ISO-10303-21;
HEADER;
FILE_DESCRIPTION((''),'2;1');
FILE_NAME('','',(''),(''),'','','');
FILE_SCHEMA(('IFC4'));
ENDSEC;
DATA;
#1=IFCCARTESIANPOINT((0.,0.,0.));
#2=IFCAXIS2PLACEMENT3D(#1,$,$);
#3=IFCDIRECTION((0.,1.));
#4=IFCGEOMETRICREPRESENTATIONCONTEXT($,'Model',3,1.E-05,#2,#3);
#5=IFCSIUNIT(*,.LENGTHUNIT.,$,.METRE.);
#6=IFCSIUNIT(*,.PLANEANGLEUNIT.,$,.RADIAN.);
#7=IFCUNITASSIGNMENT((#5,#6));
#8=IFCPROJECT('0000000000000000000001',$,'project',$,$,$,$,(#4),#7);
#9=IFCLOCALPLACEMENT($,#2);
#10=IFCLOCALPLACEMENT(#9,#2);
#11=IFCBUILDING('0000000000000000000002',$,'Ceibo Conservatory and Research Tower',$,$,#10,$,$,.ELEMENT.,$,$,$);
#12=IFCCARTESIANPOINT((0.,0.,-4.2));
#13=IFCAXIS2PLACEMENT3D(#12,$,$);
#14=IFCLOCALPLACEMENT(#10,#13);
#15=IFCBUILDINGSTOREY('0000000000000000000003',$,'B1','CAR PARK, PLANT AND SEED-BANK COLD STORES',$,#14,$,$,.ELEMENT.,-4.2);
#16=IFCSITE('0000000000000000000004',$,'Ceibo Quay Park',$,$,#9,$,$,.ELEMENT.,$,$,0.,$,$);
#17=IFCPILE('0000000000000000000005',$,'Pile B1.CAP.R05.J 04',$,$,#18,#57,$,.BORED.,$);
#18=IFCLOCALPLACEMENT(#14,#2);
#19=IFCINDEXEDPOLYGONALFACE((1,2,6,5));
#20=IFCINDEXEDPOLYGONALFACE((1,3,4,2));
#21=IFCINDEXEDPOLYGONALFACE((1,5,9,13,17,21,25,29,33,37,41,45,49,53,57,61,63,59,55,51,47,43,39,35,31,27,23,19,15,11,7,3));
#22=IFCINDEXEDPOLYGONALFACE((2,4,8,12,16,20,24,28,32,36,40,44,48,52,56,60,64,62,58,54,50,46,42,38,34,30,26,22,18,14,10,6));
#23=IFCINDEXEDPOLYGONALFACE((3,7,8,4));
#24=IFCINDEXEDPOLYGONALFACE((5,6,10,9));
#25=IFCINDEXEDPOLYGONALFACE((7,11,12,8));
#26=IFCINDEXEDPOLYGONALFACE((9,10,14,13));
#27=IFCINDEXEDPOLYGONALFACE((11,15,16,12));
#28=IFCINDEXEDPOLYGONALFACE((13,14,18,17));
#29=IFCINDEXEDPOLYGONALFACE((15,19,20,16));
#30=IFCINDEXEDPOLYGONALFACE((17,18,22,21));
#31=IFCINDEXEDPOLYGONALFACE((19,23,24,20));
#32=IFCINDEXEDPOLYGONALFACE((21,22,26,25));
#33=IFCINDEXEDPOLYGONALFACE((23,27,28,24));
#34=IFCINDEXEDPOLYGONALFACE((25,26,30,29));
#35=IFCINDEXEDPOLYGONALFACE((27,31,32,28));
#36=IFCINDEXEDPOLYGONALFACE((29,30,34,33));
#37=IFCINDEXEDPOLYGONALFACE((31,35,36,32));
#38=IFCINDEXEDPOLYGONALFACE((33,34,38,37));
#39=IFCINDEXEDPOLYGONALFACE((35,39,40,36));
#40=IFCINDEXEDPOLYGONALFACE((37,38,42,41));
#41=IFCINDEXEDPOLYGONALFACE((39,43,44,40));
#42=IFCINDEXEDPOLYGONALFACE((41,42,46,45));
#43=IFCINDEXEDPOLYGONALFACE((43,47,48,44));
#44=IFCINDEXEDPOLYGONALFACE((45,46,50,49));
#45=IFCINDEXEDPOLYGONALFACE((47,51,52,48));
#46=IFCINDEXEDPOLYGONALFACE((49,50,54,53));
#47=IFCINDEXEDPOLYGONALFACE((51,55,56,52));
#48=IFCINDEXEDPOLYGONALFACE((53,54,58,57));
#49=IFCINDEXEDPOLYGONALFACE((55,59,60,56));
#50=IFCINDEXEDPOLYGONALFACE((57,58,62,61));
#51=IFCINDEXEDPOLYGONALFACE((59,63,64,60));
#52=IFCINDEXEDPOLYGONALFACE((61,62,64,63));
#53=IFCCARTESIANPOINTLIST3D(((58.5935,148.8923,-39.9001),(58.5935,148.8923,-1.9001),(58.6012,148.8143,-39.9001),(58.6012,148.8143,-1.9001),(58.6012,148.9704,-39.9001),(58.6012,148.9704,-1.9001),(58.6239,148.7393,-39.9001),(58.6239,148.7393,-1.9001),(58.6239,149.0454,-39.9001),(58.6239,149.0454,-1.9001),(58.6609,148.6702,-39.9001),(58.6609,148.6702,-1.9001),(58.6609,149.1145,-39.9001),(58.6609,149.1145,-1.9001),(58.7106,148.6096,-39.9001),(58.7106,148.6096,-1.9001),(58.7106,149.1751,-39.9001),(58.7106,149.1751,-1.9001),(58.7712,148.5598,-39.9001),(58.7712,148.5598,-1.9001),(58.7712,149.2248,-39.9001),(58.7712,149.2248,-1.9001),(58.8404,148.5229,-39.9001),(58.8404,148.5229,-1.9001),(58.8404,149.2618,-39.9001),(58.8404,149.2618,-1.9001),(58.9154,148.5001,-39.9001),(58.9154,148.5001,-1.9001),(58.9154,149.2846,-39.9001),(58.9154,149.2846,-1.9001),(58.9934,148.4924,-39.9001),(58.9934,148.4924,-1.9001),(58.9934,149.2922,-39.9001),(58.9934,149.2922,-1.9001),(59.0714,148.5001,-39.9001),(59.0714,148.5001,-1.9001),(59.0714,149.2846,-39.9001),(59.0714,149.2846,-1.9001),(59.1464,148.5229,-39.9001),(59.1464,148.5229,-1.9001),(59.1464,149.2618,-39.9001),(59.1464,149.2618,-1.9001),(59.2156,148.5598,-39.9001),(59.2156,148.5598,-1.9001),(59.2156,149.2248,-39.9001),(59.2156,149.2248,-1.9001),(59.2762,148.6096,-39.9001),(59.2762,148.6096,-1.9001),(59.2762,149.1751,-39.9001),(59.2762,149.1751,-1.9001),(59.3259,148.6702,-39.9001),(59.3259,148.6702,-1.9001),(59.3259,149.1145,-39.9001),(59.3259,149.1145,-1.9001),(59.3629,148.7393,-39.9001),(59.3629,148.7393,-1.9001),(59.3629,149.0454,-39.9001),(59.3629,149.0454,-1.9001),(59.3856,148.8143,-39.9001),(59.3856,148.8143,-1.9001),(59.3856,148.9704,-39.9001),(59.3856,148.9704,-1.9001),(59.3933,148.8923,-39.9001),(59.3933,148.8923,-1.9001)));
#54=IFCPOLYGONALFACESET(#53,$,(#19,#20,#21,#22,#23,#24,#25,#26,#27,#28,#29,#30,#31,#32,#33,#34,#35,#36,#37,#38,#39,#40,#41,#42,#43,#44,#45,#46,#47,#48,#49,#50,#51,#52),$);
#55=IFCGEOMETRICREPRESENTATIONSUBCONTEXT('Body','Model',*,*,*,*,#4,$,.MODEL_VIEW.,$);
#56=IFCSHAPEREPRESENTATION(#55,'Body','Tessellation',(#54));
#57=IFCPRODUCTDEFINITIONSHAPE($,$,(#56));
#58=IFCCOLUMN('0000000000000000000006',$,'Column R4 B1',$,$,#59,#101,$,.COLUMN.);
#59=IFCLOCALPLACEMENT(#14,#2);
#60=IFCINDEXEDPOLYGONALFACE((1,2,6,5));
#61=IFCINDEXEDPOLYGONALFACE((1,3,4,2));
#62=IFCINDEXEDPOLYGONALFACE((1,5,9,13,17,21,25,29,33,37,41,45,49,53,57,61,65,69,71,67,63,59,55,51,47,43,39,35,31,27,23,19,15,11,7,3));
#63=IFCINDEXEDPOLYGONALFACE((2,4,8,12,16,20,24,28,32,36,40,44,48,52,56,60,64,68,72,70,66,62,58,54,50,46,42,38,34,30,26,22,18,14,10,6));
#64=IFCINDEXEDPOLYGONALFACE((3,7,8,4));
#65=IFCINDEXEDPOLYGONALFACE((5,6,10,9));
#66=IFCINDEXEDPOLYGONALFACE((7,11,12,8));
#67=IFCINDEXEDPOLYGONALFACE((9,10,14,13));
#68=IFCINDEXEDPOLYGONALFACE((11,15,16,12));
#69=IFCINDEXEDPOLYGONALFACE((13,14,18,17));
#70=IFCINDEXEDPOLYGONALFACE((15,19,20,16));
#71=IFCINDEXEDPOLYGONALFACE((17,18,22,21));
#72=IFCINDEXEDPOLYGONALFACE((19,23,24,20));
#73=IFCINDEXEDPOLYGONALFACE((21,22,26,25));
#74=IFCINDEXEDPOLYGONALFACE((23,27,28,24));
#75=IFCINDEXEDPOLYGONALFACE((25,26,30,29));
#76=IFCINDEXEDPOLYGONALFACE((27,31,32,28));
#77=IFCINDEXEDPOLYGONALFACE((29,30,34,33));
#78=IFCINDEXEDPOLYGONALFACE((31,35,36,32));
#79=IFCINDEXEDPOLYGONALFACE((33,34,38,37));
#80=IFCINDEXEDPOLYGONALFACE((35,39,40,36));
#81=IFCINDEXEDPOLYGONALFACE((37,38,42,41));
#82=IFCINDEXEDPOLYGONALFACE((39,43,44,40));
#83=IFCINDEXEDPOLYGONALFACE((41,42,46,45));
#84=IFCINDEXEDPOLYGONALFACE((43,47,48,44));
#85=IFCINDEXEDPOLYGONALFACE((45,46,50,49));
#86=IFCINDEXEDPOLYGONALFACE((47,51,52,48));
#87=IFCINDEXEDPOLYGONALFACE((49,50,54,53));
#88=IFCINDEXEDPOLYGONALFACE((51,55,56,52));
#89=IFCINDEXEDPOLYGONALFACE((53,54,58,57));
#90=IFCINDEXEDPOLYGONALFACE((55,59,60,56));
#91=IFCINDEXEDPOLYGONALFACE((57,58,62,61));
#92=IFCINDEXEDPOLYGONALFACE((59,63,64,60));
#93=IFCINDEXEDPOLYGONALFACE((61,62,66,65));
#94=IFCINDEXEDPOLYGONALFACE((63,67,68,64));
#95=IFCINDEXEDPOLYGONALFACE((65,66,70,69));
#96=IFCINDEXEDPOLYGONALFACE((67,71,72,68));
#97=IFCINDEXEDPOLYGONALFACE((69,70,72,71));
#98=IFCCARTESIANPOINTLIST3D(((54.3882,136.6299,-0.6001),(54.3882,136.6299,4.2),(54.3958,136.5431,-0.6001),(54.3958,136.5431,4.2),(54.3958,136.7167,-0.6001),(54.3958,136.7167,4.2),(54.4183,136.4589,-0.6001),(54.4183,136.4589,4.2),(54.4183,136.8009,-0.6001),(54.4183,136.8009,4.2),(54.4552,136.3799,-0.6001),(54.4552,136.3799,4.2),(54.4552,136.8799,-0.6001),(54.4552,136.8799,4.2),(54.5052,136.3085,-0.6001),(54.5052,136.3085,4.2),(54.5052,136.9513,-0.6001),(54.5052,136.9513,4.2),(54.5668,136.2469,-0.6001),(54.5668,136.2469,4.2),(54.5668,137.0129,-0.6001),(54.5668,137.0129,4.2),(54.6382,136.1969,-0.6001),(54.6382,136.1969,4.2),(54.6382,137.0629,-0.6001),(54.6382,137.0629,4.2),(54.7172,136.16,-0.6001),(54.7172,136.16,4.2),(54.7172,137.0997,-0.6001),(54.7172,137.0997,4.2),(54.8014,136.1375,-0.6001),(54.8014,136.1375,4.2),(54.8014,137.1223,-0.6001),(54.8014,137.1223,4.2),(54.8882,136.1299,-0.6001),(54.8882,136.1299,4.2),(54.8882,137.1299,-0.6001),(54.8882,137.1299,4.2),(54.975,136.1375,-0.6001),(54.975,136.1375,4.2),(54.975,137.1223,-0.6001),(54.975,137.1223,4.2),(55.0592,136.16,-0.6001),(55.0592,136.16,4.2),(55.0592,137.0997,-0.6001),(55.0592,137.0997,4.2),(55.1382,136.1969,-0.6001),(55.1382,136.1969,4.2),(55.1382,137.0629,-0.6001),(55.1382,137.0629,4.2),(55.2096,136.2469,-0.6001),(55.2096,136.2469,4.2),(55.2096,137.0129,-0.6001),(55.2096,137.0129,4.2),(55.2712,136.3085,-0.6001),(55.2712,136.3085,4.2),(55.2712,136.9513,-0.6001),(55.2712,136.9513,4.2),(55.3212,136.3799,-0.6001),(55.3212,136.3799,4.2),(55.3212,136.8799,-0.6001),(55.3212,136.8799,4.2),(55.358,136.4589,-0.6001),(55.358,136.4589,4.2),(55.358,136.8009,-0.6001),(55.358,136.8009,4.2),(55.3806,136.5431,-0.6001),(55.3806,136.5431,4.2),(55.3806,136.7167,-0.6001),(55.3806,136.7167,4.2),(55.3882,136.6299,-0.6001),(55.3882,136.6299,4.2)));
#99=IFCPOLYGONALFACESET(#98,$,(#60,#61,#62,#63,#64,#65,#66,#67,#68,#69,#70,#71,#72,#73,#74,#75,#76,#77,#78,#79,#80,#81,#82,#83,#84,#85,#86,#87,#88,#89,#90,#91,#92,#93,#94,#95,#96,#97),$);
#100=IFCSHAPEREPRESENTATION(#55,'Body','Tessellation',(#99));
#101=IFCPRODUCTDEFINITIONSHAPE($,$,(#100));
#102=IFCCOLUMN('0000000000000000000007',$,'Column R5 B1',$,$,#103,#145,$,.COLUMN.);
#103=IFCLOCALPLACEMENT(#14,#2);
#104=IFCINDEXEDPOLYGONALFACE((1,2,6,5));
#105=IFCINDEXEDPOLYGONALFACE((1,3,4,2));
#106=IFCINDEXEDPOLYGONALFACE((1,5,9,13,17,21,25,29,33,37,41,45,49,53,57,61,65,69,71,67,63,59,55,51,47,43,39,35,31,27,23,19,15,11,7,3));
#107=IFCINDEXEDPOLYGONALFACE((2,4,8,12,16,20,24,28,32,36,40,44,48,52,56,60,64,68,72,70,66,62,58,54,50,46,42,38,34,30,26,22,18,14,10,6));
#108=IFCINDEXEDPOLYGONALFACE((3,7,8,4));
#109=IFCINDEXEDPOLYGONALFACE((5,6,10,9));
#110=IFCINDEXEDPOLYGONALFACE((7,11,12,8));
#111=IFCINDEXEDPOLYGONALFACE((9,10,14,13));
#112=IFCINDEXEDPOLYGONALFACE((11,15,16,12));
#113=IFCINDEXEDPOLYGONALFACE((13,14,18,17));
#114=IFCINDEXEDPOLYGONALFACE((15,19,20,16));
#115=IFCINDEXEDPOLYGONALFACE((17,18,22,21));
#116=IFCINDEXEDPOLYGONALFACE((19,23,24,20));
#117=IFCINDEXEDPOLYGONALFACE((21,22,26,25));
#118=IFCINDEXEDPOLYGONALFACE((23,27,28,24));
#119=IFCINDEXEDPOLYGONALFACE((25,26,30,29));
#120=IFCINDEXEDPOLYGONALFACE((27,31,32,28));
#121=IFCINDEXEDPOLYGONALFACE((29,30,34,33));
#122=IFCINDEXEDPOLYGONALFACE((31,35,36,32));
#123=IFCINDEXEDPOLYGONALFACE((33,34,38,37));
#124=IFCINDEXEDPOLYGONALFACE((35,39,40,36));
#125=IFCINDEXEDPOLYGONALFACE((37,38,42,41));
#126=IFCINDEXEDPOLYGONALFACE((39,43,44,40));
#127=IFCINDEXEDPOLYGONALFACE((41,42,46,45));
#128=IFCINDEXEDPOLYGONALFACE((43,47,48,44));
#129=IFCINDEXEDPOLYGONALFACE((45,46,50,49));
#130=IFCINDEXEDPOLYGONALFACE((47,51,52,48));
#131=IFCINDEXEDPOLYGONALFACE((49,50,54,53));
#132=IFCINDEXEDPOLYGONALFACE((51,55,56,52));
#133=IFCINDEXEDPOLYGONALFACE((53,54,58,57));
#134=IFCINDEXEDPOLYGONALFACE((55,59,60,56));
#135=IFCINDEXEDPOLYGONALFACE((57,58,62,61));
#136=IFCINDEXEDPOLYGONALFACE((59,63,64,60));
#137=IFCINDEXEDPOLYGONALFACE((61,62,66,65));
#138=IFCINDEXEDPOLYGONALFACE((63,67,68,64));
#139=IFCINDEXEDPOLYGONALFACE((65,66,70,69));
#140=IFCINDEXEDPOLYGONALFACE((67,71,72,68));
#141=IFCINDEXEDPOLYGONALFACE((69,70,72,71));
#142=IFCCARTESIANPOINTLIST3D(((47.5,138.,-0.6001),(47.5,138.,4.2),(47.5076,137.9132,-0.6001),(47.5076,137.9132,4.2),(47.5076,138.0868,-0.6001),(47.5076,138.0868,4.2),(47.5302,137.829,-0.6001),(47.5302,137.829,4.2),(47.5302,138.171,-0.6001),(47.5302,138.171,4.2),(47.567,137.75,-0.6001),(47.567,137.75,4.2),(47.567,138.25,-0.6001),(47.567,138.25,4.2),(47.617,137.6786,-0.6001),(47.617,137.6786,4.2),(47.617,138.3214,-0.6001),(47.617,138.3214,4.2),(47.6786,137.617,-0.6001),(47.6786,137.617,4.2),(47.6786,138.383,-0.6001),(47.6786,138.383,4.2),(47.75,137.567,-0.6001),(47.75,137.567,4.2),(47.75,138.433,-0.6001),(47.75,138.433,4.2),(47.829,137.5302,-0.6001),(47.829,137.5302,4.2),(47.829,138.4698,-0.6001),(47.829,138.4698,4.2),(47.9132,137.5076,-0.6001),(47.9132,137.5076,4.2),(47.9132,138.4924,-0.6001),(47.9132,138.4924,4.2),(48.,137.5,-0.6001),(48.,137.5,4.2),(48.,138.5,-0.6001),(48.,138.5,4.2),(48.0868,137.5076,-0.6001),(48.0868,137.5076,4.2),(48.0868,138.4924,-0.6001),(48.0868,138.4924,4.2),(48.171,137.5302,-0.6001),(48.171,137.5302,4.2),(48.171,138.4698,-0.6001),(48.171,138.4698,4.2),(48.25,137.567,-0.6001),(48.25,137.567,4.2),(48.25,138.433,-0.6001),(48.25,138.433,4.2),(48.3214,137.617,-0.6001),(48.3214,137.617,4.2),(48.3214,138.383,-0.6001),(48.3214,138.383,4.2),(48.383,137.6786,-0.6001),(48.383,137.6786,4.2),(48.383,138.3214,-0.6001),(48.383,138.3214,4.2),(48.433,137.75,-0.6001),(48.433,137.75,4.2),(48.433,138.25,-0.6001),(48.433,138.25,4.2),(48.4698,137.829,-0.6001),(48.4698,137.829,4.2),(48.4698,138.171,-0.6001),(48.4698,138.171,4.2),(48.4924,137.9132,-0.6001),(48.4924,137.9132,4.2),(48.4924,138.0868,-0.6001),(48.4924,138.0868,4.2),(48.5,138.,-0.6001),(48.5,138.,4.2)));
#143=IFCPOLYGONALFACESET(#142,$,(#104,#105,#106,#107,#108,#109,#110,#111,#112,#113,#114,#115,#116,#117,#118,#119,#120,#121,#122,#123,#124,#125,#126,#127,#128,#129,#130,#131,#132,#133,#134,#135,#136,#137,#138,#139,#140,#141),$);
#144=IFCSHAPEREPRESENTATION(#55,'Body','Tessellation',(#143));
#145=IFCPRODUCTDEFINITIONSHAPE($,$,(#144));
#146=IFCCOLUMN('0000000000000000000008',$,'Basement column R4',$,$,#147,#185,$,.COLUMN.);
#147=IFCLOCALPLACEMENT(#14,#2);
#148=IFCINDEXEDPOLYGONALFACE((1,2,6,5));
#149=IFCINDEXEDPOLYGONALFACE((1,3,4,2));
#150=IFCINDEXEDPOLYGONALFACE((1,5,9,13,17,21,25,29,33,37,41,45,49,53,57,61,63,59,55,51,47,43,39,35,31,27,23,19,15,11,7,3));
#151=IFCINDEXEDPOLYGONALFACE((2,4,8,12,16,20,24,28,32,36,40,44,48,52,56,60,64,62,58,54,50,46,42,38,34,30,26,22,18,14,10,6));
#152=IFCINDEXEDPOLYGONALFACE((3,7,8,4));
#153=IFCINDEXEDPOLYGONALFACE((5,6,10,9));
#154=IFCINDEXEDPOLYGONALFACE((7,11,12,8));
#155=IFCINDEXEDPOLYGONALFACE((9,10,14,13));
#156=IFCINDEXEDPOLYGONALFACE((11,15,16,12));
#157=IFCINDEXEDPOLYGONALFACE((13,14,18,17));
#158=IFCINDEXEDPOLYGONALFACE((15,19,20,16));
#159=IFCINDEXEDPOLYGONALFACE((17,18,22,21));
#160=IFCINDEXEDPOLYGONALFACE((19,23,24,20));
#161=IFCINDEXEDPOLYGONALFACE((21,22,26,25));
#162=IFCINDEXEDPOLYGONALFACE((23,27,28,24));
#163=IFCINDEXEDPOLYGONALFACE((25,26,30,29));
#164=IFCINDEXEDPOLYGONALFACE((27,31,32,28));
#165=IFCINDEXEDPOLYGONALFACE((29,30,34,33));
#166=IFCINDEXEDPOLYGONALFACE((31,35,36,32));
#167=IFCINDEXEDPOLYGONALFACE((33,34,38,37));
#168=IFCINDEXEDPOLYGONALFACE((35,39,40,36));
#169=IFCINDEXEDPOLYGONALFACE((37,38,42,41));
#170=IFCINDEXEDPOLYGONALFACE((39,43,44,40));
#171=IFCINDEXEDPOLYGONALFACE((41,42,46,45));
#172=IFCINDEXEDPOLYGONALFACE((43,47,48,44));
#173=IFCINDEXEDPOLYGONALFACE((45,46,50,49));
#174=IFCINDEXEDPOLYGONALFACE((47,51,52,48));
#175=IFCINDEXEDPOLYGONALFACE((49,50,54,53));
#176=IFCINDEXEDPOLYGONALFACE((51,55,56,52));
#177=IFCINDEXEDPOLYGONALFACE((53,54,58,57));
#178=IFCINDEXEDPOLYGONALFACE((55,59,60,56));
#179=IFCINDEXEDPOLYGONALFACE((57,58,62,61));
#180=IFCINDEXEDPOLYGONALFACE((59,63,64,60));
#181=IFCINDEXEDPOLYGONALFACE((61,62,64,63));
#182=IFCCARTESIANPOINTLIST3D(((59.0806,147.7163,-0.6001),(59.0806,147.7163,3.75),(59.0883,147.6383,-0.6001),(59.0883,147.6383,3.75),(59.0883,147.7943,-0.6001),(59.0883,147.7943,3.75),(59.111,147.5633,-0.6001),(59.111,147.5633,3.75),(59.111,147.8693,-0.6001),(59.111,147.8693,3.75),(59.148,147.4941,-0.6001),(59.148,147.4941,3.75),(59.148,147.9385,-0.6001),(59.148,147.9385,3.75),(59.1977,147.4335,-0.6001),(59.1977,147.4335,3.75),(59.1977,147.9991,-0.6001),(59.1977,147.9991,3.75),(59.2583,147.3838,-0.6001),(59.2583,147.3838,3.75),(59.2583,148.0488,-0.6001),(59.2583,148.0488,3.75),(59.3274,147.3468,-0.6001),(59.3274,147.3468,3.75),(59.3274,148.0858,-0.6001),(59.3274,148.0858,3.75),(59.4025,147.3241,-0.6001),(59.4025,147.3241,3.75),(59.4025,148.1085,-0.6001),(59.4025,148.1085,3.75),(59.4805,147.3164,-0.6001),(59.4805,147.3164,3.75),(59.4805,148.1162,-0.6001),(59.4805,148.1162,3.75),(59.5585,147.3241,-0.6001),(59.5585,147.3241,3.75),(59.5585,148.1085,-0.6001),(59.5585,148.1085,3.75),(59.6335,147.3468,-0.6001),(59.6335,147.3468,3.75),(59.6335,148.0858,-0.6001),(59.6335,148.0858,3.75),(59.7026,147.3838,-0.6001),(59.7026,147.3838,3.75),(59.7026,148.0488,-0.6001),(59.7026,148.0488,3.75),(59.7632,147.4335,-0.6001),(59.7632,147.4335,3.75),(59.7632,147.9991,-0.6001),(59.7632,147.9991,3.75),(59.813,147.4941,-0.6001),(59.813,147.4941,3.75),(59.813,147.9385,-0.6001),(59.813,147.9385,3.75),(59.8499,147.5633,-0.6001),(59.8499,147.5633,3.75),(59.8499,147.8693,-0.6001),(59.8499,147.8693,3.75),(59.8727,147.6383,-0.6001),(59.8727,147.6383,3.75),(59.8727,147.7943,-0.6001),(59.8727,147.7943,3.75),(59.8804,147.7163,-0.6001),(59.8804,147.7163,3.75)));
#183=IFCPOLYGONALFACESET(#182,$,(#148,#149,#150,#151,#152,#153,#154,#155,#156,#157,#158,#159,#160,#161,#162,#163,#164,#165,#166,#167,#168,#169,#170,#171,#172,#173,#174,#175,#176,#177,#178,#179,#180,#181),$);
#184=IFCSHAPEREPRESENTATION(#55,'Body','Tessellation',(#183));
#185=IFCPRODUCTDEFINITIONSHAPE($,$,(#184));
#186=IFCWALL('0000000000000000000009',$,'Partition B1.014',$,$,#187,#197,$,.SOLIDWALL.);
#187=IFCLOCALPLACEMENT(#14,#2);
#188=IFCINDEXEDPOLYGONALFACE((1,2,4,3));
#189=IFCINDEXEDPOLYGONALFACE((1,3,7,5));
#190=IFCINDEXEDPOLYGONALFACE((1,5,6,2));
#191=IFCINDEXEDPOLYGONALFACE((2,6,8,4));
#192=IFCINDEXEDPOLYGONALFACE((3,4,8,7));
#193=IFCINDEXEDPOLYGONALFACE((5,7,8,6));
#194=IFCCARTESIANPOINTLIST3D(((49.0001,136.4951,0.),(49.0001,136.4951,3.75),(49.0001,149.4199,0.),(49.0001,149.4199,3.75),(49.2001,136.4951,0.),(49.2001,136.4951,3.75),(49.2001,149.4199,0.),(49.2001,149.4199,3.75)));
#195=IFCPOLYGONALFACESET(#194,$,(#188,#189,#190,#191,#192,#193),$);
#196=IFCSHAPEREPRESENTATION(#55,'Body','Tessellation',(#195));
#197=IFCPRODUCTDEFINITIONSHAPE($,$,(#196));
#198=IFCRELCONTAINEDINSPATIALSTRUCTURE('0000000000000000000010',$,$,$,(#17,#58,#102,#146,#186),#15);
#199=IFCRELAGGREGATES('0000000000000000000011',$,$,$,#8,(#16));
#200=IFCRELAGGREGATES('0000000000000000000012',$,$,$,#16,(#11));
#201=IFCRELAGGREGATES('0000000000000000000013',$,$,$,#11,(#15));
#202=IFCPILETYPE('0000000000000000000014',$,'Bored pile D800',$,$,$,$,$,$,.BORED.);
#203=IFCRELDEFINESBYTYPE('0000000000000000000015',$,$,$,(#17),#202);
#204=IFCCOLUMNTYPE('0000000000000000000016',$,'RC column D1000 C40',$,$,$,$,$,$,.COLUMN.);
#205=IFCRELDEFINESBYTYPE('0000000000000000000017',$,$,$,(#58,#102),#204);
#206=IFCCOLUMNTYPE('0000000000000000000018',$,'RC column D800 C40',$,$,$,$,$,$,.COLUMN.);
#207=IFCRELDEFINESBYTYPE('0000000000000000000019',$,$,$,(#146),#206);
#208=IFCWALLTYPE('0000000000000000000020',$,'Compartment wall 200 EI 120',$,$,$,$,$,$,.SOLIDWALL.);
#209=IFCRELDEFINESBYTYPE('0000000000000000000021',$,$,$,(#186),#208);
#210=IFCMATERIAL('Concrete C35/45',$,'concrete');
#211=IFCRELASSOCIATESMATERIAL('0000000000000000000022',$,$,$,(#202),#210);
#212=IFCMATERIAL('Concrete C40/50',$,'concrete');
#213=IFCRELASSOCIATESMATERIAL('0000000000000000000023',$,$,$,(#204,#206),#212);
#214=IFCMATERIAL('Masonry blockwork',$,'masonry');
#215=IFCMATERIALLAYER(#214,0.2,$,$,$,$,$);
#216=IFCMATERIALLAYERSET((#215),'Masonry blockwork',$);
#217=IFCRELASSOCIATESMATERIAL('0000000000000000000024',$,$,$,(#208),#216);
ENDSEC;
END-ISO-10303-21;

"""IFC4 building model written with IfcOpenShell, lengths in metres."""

from ifc_helpers import new_model, si_unit, direction, frame, frame_2d, origin, origin_2d, place, context, subcontext, project, spatial, rectangle, circle, extrude, material, layer, layer_set, material_profile, profile_set, type_object, element, save


model = new_model("IFC4")

# Units and contexts
model_context = context("Model", 3, precision=1e-05, world=origin(), true_north=direction((0.0, 1.0)))
body_context = subcontext(model_context, "Body", "Model", "MODEL_VIEW")
ifc_project = project(units=[si_unit("LENGTHUNIT", "METRE"), si_unit("PLANEANGLEUNIT", "RADIAN")], contexts=[model_context])

# Site, building, storey
site_placement = place(None, origin())
site = spatial("IfcSite", under=ifc_project, at=site_placement, Name="Ceibo Quay Park", CompositionType="ELEMENT", RefElevation=0.0)
building_placement = place(site_placement, origin())
building = spatial("IfcBuilding", under=site, at=building_placement, Name="Ceibo Conservatory and Research Tower", CompositionType="ELEMENT")
storey_placement = place(building_placement, frame((0.0, 0.0, -4.2)))
storey = spatial("IfcBuildingStorey", under=building, at=storey_placement, Name="B1", Description="CAR PARK, PLANT AND SEED-BANK COLD STORES", CompositionType="ELEMENT", Elevation=-4.2)

# Pile
ifc_material_1 = material(Name="Concrete C35/45", Category="concrete")
ifc_material_profile_1 = material_profile(ifc_material_1, circle(Radius=0.3999, at=origin_2d()), Name="RC D800")
ifc_profile_set_1 = profile_set([ifc_material_profile_1], Name="Concrete C35/45")
pile_type_1 = type_object("IfcPileType", Name="Bored pile D800", PredefinedType="BORED", material=ifc_profile_set_1)
for number, where, z_axis, x_axis, name in (
    (1, (58.9934, 148.8923, -1.9001), (0.0, 0.0, -1.0), (1.0, 0.0, 0.0), "Pile B1.CAP.R05.J 04"),
):
    element("IfcPile", number, at=place(storey_placement, frame(where, z_axis=z_axis, x_axis=x_axis)), inside=storey, type_object=pile_type_1, Name=name, PredefinedType="BORED", context=body_context, shape_type="SweptSolid", body=[
        extrude(circle(Radius=0.3999, at=origin_2d()), origin(), (0.0, 0.0, 1.0), 38.0),
    ])

# Columns
ifc_material_2 = material(Name="Concrete C40/50", Category="concrete")
ifc_material_profile_2 = material_profile(ifc_material_2, circle(Radius=0.5, at=origin_2d()), Name="RC D1000")
ifc_profile_set_2 = profile_set([ifc_material_profile_2], Name="Concrete C40/50")
column_type_1 = type_object("IfcColumnType", Name="RC column D1000 C40", PredefinedType="COLUMN", material=ifc_profile_set_2)
for number, where, z_axis, x_axis, name in (
    (2, (54.8882, 136.6299, -0.6001), (0.0, 0.0, 1.0), (1.0, 0.0, 0.0), "Column R4 B1"),
    (3, (48.0, 138.0, -0.6001), (0.0, 0.0, 1.0), (1.0, 0.0, 0.0), "Column R5 B1"),
):
    element("IfcColumn", number, at=place(storey_placement, frame(where, z_axis=z_axis, x_axis=x_axis)), inside=storey, type_object=column_type_1, Name=name, PredefinedType="COLUMN", context=body_context, shape_type="SweptSolid", body=[
        extrude(circle(Radius=0.5, at=origin_2d()), origin(), (0.0, 0.0, 1.0), 4.8),
    ])
ifc_material_profile_3 = material_profile(ifc_material_2, circle(Radius=0.3999, at=origin_2d()), Name="RC D800")
ifc_profile_set_3 = profile_set([ifc_material_profile_3], Name="Concrete C40/50")
column_type_2 = type_object("IfcColumnType", Name="RC column D800 C40", PredefinedType="COLUMN", material=ifc_profile_set_3)
column_placement = place(storey_placement, frame((59.4805, 147.7163, -0.6001), z_axis=(0.0, 0.0, 1.0), x_axis=(1.0, 0.0, 0.0)))
element("IfcColumn", 4, at=column_placement, inside=storey, type_object=column_type_2, Name="Basement column R4", PredefinedType="COLUMN", context=body_context, shape_type="SweptSolid", body=[
    extrude(circle(Radius=0.3999, at=origin_2d()), origin(), (0.0, 0.0, 1.0), 4.3501),
])

# Wall
ifc_material_3 = material(Name="Masonry blockwork", Category="masonry")
ifc_layer = layer(ifc_material_3, 0.2)
ifc_layer_set = layer_set([ifc_layer], Name="Masonry blockwork")
wall_type = type_object("IfcWallType", Name="Compartment wall 200 EI 120", PredefinedType="SOLIDWALL", material=ifc_layer_set)
wall_1_placement = place(storey_placement, frame((49.1001, 149.4199, 0.0), z_axis=(0.0, 0.0, 1.0), x_axis=(0.0, -1.0, 0.0)))
element("IfcWall", 5, at=wall_1_placement, inside=storey, type_object=wall_type, Name="Partition B1.014", PredefinedType="SOLIDWALL", context=body_context, shape_type="SweptSolid", body=[
    extrude(rectangle(XDim=12.9248, YDim=0.2, at=frame_2d((6.4624, 0.0))), origin(), (0.0, 0.0, 1.0), 3.75),
])

save(model, "model.ifc")
